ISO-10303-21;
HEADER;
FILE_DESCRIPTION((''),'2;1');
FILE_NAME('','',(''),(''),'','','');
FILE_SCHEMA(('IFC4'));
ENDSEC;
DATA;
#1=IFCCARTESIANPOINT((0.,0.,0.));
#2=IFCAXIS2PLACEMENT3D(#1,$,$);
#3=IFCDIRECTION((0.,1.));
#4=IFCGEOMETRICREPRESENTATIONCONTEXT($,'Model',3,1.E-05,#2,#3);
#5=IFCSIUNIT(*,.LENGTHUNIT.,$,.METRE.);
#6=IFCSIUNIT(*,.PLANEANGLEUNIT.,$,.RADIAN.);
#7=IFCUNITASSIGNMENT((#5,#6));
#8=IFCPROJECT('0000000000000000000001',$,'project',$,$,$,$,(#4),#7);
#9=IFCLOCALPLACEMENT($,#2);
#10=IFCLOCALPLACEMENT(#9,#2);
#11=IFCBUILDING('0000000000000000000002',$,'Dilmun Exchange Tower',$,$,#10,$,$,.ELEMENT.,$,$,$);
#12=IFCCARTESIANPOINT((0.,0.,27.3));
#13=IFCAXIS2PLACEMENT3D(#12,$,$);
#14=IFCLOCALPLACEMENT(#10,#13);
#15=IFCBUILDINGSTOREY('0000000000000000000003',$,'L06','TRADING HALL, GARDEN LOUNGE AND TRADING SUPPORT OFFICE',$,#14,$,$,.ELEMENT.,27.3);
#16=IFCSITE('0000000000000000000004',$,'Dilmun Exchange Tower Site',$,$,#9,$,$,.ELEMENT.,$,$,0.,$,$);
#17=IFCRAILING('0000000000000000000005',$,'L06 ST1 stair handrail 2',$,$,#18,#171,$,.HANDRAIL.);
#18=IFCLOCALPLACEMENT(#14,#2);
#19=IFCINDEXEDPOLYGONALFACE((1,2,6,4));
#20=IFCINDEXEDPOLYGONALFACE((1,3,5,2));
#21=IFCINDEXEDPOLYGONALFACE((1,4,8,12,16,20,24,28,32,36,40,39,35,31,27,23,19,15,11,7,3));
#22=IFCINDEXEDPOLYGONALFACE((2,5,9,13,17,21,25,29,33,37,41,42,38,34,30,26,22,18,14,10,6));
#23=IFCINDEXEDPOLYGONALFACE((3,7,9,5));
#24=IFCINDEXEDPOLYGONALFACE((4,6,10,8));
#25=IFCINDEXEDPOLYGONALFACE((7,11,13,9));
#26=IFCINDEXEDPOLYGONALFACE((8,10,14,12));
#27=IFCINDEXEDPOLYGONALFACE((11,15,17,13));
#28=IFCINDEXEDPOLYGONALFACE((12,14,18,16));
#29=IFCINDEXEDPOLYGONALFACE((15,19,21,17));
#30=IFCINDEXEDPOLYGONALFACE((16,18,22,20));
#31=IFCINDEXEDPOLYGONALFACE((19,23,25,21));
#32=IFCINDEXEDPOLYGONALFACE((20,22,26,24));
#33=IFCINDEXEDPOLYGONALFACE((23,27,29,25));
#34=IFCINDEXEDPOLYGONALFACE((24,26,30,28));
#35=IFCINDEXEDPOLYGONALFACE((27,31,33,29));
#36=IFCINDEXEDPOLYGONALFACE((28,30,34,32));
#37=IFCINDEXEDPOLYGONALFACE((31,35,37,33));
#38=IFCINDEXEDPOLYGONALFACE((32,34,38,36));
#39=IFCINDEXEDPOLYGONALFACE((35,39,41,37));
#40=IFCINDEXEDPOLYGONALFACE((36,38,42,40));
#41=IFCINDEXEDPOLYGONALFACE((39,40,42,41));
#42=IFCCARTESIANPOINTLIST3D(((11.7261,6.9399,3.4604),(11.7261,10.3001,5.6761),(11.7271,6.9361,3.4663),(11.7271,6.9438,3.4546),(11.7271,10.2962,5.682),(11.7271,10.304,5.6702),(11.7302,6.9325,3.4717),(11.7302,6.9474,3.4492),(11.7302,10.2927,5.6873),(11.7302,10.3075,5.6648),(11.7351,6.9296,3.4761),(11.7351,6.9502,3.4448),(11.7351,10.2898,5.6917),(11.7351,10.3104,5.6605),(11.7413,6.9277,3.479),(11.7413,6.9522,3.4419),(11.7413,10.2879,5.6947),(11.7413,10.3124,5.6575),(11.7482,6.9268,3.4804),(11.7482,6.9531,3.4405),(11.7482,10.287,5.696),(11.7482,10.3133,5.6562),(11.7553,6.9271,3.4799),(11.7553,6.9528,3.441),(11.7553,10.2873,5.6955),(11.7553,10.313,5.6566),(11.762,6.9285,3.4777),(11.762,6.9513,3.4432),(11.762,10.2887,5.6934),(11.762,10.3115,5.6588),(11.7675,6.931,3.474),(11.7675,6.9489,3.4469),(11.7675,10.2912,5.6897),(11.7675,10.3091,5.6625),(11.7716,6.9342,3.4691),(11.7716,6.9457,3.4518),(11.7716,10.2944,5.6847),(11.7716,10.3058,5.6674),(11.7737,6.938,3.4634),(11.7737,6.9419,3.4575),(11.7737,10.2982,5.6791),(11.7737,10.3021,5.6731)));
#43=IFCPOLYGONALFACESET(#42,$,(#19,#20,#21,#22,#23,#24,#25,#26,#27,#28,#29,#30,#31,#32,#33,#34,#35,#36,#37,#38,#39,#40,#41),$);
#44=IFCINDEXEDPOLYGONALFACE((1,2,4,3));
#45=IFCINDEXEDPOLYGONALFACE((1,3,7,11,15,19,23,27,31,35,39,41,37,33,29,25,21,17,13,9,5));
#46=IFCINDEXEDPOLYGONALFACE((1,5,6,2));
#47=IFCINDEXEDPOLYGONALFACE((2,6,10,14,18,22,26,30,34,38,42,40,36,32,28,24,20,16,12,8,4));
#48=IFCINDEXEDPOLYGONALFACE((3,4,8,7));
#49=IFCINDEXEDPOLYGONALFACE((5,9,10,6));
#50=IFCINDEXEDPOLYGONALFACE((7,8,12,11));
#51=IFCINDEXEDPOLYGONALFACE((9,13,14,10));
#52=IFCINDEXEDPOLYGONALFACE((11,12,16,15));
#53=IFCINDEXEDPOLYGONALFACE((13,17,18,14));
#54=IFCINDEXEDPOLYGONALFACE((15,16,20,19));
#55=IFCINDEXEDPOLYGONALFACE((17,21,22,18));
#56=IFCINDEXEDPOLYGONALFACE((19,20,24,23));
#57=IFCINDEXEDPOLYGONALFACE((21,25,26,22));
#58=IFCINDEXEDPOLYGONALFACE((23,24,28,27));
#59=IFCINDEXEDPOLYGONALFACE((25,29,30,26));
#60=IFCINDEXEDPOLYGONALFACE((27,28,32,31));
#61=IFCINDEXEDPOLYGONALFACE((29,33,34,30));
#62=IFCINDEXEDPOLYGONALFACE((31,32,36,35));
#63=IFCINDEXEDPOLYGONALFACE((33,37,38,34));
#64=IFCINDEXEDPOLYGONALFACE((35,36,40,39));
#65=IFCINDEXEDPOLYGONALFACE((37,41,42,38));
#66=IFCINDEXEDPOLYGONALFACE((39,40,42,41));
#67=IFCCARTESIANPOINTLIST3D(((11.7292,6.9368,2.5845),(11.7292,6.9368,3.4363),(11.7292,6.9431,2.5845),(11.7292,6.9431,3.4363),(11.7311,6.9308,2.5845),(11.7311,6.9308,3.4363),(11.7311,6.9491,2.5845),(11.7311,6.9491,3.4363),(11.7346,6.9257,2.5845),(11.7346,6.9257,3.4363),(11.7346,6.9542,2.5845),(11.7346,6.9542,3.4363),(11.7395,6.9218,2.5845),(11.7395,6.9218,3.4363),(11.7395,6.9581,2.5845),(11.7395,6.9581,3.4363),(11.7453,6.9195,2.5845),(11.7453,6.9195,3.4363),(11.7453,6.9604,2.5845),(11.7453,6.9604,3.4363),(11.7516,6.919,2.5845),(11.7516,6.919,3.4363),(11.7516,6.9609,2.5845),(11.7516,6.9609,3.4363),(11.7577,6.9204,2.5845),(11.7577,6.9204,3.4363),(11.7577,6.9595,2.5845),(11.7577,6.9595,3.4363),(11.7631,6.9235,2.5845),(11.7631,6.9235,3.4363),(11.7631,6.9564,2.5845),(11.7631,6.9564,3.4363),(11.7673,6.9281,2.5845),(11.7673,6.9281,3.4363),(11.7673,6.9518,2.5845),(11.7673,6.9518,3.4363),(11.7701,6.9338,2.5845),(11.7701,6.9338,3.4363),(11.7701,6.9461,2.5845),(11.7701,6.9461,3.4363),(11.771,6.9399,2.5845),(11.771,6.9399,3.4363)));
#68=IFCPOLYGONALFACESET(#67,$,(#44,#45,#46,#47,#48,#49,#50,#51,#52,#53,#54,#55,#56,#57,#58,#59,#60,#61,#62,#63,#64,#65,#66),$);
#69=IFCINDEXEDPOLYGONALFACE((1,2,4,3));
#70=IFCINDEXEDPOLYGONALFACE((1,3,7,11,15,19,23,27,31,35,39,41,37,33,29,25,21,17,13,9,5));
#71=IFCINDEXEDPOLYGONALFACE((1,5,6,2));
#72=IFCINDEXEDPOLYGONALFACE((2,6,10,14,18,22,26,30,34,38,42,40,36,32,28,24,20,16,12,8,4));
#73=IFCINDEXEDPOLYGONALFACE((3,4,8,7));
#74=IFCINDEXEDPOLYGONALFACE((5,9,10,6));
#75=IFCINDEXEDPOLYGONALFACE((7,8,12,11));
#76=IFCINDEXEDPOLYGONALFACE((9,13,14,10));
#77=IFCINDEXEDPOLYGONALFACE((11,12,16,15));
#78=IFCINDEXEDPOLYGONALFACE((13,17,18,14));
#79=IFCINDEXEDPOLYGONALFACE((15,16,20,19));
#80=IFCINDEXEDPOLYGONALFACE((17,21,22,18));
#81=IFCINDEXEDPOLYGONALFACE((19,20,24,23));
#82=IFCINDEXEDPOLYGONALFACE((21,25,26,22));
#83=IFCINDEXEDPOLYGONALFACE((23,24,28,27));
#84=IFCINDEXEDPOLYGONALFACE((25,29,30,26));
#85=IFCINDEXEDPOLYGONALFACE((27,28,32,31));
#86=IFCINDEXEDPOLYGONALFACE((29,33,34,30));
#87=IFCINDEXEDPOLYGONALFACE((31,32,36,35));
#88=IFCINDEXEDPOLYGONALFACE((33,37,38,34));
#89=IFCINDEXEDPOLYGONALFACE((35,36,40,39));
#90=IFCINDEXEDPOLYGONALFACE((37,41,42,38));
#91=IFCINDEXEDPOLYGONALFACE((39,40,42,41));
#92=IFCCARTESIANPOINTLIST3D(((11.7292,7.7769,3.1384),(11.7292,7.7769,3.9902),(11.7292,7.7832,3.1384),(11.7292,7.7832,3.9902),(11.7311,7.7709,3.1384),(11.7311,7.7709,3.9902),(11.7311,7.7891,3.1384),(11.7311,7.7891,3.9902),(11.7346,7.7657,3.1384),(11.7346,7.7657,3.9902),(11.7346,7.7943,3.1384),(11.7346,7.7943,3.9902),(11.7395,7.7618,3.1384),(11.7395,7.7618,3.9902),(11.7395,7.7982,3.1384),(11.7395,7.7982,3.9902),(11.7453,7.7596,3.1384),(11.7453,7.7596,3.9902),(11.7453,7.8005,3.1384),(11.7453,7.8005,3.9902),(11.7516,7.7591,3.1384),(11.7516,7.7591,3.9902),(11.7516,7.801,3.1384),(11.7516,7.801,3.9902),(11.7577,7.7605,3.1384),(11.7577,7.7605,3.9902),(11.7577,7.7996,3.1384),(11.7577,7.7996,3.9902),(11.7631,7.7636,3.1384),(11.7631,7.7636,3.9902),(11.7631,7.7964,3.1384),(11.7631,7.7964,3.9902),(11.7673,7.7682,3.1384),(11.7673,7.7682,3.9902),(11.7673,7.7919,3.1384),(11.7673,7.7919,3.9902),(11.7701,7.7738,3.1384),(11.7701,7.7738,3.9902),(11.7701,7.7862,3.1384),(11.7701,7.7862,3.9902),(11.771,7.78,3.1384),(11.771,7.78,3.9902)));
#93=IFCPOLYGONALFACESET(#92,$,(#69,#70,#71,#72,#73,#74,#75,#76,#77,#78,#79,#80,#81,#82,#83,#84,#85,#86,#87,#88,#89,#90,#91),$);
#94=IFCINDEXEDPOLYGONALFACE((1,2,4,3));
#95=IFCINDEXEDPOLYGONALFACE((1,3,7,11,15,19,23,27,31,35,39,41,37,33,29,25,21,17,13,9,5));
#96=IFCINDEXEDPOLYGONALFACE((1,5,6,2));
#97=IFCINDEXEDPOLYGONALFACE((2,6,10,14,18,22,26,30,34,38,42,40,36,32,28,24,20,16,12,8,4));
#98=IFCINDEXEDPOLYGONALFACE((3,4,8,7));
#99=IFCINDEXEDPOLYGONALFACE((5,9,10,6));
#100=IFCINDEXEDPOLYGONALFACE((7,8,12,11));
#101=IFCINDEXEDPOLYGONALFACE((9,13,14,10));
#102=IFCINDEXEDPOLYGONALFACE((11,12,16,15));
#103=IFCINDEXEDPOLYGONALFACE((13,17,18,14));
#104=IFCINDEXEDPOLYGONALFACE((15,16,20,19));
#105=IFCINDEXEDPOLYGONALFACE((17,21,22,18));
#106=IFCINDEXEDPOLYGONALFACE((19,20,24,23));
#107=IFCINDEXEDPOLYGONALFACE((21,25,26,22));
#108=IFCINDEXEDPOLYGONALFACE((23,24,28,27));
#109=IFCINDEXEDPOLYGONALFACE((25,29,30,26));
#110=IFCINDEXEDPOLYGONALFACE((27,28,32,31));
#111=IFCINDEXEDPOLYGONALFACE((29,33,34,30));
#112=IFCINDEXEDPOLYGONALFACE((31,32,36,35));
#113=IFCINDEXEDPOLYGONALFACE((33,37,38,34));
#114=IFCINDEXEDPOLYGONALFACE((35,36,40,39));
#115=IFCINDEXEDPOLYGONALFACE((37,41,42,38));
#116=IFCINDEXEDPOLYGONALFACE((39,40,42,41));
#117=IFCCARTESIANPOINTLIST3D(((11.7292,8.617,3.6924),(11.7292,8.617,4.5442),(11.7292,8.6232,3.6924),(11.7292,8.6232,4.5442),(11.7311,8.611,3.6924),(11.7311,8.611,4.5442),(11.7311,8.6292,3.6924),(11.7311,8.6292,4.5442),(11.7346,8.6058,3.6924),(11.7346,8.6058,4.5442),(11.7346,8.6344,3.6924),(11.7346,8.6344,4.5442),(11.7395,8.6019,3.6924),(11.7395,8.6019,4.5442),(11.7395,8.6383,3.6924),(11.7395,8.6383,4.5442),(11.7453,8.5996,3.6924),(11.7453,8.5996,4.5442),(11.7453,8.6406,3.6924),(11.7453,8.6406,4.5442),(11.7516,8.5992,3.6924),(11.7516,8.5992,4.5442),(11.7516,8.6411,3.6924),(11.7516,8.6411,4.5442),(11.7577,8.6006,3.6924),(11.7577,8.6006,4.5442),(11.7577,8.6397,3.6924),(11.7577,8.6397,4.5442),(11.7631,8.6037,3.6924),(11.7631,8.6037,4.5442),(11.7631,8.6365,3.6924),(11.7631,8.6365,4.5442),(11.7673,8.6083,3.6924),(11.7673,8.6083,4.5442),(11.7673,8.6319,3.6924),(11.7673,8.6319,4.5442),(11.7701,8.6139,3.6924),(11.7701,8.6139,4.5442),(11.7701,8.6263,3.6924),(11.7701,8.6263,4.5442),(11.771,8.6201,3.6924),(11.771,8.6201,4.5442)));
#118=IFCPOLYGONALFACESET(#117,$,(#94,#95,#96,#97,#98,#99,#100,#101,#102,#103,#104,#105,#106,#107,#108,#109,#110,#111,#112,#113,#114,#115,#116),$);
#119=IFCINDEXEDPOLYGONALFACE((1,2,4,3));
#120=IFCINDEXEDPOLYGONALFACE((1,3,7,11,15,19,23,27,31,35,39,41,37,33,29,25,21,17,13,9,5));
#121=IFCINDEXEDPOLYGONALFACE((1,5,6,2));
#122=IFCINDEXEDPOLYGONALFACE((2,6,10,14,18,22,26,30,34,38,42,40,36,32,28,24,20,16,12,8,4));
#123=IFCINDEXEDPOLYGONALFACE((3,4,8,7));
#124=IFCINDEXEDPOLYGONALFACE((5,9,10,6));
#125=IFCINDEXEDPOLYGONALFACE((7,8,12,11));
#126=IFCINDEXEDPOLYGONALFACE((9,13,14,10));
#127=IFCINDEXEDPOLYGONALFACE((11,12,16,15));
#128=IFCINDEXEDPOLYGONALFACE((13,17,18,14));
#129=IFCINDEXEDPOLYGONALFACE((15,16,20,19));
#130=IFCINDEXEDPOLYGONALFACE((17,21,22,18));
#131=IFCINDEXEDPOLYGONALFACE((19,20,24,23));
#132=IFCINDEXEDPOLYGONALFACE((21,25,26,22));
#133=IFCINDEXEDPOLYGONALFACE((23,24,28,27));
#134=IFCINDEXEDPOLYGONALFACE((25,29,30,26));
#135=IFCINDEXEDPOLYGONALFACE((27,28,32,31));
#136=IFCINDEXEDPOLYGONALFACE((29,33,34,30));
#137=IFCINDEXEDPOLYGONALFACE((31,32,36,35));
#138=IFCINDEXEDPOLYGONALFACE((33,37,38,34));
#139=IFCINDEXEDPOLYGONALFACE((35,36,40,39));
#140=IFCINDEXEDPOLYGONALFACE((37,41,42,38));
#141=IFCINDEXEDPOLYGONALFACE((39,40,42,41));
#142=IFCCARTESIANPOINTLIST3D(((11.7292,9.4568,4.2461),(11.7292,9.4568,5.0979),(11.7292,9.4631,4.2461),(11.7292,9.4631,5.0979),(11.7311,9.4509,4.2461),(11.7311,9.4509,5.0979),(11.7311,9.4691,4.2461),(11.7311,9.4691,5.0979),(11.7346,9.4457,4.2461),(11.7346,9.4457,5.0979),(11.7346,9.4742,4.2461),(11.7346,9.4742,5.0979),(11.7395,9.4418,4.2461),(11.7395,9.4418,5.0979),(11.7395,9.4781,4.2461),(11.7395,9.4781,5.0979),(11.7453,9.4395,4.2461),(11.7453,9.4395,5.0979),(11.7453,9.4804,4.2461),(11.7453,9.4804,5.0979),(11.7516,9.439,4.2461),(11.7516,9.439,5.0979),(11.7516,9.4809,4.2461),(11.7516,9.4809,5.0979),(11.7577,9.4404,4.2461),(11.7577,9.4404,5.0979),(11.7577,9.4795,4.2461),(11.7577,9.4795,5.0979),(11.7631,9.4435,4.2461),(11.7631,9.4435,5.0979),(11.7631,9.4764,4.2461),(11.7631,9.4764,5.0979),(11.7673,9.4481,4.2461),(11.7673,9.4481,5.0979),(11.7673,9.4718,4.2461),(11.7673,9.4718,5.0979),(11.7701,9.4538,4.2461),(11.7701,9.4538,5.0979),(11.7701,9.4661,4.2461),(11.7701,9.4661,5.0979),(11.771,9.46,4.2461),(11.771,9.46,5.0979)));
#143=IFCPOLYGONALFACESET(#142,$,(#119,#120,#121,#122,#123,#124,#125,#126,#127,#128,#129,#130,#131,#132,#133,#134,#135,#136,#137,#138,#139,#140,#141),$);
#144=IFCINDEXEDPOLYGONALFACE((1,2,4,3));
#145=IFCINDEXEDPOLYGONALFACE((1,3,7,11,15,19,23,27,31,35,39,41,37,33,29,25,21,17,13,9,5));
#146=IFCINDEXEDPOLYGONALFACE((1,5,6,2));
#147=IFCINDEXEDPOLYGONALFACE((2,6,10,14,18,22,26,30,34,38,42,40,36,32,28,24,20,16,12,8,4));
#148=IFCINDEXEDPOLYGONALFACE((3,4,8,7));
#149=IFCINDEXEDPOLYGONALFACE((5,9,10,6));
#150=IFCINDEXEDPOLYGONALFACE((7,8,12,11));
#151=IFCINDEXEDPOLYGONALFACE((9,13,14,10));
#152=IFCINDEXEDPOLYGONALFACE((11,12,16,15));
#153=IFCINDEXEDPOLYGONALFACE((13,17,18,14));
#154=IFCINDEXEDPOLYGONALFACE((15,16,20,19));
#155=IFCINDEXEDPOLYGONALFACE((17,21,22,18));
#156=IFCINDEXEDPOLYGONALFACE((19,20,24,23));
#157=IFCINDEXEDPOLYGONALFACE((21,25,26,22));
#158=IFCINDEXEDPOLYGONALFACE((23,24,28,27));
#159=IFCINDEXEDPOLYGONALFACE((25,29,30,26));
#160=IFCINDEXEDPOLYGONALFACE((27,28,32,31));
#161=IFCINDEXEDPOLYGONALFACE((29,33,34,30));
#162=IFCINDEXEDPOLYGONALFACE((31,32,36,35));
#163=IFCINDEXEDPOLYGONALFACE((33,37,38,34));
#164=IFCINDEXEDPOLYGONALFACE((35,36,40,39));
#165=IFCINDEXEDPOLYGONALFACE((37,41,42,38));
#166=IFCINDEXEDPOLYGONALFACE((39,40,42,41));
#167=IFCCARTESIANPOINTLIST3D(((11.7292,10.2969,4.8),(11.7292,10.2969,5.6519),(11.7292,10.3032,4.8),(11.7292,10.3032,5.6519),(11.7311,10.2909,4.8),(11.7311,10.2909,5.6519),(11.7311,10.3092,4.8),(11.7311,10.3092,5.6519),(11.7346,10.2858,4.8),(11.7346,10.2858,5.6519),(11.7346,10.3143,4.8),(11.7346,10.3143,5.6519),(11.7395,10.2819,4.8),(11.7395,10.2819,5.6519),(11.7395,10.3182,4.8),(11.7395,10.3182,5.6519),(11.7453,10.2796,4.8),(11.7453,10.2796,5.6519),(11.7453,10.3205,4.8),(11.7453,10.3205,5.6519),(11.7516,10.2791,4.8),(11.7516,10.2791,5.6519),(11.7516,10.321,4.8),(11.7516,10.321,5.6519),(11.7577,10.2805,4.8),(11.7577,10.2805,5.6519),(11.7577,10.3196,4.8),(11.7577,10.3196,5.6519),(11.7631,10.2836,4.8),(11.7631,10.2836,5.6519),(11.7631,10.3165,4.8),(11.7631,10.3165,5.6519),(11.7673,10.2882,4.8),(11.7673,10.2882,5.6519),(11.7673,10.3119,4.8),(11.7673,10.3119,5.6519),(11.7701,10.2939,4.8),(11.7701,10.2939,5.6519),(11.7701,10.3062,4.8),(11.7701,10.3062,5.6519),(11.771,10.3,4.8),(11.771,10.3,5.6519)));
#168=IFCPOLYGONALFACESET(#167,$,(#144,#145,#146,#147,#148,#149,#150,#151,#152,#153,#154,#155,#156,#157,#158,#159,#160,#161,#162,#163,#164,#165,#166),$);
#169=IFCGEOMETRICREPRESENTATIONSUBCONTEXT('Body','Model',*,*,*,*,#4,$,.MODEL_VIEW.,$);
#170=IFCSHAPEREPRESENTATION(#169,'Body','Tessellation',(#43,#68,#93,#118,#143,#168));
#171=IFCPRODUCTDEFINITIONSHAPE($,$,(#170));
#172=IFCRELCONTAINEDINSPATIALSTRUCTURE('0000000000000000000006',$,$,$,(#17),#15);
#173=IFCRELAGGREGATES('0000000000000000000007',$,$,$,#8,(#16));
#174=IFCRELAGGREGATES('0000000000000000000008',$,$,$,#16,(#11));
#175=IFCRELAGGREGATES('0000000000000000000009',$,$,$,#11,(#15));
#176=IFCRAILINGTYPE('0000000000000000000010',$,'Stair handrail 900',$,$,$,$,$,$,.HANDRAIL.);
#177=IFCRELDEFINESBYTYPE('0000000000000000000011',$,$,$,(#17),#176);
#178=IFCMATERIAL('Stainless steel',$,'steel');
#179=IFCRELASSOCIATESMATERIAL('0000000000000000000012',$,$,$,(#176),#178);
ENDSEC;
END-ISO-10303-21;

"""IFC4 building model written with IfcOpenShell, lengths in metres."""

from ifc_helpers import new_model, si_unit, direction, frame, origin, origin_2d, place, context, subcontext, project, spatial, circle, extrude, material, type_object, element, save


model = new_model("IFC4")

# Units and contexts
model_context = context("Model", 3, precision=1e-05, world=origin(), true_north=direction((0.0, 1.0)))
body_context = subcontext(model_context, "Body", "Model", "MODEL_VIEW")
ifc_project = project(units=[si_unit("LENGTHUNIT", "METRE"), si_unit("PLANEANGLEUNIT", "RADIAN")], contexts=[model_context])

# Site, building, storey
site_placement = place(None, origin())
site = spatial("IfcSite", under=ifc_project, at=site_placement, Name="Dilmun Exchange Tower Site", CompositionType="ELEMENT", RefElevation=0.0)
building_placement = place(site_placement, origin())
building = spatial("IfcBuilding", under=site, at=building_placement, Name="Dilmun Exchange Tower", CompositionType="ELEMENT")
storey_placement = place(building_placement, frame((0.0, 0.0, 27.3)))
storey = spatial("IfcBuildingStorey", under=building, at=storey_placement, Name="L06", Description="TRADING HALL, GARDEN LOUNGE AND TRADING SUPPORT OFFICE", CompositionType="ELEMENT", Elevation=27.3)

# Railing
ifc_material_1 = material(Name="Stainless steel", Category="steel")
railing_type = type_object("IfcRailingType", Name="Stair handrail 900", PredefinedType="HANDRAIL", material=ifc_material_1)
railing_placement = place(storey_placement, frame((11.75, 6.9399, 2.5845)))
element("IfcRailing", 1, at=railing_placement, inside=storey, type_object=railing_type, Name="L06 ST1 stair handrail 2", PredefinedType="HANDRAIL", context=body_context, shape_type="SweptSolid", body=[
    extrude(circle(Radius=0.0239, at=origin_2d()), frame((0.0, 0.0, 0.876), z_axis=(0.0, 0.834849, 0.55048), x_axis=(-1.0, 0.0, 0.0)), (0.0, 0.0, 1.0), 4.0249),
    extrude(circle(Radius=0.021, at=origin_2d()), origin(), (0.0, 0.0, 1.0), 0.8518),
    extrude(circle(Radius=0.021, at=origin_2d()), frame((0.0, 0.8401, 0.554)), (0.0, 0.0, 1.0), 0.8518),
    extrude(circle(Radius=0.021, at=origin_2d()), frame((0.0, 1.6802, 1.1079)), (0.0, 0.0, 1.0), 0.8518),
    extrude(circle(Radius=0.021, at=origin_2d()), frame((0.0, 2.52, 1.6616)), (0.0, 0.0, 1.0), 0.8518),
    extrude(circle(Radius=0.021, at=origin_2d()), frame((0.0, 3.3601, 2.2156)), (0.0, 0.0, 1.0), 0.8518),
])

save(model, "model.ifc")
